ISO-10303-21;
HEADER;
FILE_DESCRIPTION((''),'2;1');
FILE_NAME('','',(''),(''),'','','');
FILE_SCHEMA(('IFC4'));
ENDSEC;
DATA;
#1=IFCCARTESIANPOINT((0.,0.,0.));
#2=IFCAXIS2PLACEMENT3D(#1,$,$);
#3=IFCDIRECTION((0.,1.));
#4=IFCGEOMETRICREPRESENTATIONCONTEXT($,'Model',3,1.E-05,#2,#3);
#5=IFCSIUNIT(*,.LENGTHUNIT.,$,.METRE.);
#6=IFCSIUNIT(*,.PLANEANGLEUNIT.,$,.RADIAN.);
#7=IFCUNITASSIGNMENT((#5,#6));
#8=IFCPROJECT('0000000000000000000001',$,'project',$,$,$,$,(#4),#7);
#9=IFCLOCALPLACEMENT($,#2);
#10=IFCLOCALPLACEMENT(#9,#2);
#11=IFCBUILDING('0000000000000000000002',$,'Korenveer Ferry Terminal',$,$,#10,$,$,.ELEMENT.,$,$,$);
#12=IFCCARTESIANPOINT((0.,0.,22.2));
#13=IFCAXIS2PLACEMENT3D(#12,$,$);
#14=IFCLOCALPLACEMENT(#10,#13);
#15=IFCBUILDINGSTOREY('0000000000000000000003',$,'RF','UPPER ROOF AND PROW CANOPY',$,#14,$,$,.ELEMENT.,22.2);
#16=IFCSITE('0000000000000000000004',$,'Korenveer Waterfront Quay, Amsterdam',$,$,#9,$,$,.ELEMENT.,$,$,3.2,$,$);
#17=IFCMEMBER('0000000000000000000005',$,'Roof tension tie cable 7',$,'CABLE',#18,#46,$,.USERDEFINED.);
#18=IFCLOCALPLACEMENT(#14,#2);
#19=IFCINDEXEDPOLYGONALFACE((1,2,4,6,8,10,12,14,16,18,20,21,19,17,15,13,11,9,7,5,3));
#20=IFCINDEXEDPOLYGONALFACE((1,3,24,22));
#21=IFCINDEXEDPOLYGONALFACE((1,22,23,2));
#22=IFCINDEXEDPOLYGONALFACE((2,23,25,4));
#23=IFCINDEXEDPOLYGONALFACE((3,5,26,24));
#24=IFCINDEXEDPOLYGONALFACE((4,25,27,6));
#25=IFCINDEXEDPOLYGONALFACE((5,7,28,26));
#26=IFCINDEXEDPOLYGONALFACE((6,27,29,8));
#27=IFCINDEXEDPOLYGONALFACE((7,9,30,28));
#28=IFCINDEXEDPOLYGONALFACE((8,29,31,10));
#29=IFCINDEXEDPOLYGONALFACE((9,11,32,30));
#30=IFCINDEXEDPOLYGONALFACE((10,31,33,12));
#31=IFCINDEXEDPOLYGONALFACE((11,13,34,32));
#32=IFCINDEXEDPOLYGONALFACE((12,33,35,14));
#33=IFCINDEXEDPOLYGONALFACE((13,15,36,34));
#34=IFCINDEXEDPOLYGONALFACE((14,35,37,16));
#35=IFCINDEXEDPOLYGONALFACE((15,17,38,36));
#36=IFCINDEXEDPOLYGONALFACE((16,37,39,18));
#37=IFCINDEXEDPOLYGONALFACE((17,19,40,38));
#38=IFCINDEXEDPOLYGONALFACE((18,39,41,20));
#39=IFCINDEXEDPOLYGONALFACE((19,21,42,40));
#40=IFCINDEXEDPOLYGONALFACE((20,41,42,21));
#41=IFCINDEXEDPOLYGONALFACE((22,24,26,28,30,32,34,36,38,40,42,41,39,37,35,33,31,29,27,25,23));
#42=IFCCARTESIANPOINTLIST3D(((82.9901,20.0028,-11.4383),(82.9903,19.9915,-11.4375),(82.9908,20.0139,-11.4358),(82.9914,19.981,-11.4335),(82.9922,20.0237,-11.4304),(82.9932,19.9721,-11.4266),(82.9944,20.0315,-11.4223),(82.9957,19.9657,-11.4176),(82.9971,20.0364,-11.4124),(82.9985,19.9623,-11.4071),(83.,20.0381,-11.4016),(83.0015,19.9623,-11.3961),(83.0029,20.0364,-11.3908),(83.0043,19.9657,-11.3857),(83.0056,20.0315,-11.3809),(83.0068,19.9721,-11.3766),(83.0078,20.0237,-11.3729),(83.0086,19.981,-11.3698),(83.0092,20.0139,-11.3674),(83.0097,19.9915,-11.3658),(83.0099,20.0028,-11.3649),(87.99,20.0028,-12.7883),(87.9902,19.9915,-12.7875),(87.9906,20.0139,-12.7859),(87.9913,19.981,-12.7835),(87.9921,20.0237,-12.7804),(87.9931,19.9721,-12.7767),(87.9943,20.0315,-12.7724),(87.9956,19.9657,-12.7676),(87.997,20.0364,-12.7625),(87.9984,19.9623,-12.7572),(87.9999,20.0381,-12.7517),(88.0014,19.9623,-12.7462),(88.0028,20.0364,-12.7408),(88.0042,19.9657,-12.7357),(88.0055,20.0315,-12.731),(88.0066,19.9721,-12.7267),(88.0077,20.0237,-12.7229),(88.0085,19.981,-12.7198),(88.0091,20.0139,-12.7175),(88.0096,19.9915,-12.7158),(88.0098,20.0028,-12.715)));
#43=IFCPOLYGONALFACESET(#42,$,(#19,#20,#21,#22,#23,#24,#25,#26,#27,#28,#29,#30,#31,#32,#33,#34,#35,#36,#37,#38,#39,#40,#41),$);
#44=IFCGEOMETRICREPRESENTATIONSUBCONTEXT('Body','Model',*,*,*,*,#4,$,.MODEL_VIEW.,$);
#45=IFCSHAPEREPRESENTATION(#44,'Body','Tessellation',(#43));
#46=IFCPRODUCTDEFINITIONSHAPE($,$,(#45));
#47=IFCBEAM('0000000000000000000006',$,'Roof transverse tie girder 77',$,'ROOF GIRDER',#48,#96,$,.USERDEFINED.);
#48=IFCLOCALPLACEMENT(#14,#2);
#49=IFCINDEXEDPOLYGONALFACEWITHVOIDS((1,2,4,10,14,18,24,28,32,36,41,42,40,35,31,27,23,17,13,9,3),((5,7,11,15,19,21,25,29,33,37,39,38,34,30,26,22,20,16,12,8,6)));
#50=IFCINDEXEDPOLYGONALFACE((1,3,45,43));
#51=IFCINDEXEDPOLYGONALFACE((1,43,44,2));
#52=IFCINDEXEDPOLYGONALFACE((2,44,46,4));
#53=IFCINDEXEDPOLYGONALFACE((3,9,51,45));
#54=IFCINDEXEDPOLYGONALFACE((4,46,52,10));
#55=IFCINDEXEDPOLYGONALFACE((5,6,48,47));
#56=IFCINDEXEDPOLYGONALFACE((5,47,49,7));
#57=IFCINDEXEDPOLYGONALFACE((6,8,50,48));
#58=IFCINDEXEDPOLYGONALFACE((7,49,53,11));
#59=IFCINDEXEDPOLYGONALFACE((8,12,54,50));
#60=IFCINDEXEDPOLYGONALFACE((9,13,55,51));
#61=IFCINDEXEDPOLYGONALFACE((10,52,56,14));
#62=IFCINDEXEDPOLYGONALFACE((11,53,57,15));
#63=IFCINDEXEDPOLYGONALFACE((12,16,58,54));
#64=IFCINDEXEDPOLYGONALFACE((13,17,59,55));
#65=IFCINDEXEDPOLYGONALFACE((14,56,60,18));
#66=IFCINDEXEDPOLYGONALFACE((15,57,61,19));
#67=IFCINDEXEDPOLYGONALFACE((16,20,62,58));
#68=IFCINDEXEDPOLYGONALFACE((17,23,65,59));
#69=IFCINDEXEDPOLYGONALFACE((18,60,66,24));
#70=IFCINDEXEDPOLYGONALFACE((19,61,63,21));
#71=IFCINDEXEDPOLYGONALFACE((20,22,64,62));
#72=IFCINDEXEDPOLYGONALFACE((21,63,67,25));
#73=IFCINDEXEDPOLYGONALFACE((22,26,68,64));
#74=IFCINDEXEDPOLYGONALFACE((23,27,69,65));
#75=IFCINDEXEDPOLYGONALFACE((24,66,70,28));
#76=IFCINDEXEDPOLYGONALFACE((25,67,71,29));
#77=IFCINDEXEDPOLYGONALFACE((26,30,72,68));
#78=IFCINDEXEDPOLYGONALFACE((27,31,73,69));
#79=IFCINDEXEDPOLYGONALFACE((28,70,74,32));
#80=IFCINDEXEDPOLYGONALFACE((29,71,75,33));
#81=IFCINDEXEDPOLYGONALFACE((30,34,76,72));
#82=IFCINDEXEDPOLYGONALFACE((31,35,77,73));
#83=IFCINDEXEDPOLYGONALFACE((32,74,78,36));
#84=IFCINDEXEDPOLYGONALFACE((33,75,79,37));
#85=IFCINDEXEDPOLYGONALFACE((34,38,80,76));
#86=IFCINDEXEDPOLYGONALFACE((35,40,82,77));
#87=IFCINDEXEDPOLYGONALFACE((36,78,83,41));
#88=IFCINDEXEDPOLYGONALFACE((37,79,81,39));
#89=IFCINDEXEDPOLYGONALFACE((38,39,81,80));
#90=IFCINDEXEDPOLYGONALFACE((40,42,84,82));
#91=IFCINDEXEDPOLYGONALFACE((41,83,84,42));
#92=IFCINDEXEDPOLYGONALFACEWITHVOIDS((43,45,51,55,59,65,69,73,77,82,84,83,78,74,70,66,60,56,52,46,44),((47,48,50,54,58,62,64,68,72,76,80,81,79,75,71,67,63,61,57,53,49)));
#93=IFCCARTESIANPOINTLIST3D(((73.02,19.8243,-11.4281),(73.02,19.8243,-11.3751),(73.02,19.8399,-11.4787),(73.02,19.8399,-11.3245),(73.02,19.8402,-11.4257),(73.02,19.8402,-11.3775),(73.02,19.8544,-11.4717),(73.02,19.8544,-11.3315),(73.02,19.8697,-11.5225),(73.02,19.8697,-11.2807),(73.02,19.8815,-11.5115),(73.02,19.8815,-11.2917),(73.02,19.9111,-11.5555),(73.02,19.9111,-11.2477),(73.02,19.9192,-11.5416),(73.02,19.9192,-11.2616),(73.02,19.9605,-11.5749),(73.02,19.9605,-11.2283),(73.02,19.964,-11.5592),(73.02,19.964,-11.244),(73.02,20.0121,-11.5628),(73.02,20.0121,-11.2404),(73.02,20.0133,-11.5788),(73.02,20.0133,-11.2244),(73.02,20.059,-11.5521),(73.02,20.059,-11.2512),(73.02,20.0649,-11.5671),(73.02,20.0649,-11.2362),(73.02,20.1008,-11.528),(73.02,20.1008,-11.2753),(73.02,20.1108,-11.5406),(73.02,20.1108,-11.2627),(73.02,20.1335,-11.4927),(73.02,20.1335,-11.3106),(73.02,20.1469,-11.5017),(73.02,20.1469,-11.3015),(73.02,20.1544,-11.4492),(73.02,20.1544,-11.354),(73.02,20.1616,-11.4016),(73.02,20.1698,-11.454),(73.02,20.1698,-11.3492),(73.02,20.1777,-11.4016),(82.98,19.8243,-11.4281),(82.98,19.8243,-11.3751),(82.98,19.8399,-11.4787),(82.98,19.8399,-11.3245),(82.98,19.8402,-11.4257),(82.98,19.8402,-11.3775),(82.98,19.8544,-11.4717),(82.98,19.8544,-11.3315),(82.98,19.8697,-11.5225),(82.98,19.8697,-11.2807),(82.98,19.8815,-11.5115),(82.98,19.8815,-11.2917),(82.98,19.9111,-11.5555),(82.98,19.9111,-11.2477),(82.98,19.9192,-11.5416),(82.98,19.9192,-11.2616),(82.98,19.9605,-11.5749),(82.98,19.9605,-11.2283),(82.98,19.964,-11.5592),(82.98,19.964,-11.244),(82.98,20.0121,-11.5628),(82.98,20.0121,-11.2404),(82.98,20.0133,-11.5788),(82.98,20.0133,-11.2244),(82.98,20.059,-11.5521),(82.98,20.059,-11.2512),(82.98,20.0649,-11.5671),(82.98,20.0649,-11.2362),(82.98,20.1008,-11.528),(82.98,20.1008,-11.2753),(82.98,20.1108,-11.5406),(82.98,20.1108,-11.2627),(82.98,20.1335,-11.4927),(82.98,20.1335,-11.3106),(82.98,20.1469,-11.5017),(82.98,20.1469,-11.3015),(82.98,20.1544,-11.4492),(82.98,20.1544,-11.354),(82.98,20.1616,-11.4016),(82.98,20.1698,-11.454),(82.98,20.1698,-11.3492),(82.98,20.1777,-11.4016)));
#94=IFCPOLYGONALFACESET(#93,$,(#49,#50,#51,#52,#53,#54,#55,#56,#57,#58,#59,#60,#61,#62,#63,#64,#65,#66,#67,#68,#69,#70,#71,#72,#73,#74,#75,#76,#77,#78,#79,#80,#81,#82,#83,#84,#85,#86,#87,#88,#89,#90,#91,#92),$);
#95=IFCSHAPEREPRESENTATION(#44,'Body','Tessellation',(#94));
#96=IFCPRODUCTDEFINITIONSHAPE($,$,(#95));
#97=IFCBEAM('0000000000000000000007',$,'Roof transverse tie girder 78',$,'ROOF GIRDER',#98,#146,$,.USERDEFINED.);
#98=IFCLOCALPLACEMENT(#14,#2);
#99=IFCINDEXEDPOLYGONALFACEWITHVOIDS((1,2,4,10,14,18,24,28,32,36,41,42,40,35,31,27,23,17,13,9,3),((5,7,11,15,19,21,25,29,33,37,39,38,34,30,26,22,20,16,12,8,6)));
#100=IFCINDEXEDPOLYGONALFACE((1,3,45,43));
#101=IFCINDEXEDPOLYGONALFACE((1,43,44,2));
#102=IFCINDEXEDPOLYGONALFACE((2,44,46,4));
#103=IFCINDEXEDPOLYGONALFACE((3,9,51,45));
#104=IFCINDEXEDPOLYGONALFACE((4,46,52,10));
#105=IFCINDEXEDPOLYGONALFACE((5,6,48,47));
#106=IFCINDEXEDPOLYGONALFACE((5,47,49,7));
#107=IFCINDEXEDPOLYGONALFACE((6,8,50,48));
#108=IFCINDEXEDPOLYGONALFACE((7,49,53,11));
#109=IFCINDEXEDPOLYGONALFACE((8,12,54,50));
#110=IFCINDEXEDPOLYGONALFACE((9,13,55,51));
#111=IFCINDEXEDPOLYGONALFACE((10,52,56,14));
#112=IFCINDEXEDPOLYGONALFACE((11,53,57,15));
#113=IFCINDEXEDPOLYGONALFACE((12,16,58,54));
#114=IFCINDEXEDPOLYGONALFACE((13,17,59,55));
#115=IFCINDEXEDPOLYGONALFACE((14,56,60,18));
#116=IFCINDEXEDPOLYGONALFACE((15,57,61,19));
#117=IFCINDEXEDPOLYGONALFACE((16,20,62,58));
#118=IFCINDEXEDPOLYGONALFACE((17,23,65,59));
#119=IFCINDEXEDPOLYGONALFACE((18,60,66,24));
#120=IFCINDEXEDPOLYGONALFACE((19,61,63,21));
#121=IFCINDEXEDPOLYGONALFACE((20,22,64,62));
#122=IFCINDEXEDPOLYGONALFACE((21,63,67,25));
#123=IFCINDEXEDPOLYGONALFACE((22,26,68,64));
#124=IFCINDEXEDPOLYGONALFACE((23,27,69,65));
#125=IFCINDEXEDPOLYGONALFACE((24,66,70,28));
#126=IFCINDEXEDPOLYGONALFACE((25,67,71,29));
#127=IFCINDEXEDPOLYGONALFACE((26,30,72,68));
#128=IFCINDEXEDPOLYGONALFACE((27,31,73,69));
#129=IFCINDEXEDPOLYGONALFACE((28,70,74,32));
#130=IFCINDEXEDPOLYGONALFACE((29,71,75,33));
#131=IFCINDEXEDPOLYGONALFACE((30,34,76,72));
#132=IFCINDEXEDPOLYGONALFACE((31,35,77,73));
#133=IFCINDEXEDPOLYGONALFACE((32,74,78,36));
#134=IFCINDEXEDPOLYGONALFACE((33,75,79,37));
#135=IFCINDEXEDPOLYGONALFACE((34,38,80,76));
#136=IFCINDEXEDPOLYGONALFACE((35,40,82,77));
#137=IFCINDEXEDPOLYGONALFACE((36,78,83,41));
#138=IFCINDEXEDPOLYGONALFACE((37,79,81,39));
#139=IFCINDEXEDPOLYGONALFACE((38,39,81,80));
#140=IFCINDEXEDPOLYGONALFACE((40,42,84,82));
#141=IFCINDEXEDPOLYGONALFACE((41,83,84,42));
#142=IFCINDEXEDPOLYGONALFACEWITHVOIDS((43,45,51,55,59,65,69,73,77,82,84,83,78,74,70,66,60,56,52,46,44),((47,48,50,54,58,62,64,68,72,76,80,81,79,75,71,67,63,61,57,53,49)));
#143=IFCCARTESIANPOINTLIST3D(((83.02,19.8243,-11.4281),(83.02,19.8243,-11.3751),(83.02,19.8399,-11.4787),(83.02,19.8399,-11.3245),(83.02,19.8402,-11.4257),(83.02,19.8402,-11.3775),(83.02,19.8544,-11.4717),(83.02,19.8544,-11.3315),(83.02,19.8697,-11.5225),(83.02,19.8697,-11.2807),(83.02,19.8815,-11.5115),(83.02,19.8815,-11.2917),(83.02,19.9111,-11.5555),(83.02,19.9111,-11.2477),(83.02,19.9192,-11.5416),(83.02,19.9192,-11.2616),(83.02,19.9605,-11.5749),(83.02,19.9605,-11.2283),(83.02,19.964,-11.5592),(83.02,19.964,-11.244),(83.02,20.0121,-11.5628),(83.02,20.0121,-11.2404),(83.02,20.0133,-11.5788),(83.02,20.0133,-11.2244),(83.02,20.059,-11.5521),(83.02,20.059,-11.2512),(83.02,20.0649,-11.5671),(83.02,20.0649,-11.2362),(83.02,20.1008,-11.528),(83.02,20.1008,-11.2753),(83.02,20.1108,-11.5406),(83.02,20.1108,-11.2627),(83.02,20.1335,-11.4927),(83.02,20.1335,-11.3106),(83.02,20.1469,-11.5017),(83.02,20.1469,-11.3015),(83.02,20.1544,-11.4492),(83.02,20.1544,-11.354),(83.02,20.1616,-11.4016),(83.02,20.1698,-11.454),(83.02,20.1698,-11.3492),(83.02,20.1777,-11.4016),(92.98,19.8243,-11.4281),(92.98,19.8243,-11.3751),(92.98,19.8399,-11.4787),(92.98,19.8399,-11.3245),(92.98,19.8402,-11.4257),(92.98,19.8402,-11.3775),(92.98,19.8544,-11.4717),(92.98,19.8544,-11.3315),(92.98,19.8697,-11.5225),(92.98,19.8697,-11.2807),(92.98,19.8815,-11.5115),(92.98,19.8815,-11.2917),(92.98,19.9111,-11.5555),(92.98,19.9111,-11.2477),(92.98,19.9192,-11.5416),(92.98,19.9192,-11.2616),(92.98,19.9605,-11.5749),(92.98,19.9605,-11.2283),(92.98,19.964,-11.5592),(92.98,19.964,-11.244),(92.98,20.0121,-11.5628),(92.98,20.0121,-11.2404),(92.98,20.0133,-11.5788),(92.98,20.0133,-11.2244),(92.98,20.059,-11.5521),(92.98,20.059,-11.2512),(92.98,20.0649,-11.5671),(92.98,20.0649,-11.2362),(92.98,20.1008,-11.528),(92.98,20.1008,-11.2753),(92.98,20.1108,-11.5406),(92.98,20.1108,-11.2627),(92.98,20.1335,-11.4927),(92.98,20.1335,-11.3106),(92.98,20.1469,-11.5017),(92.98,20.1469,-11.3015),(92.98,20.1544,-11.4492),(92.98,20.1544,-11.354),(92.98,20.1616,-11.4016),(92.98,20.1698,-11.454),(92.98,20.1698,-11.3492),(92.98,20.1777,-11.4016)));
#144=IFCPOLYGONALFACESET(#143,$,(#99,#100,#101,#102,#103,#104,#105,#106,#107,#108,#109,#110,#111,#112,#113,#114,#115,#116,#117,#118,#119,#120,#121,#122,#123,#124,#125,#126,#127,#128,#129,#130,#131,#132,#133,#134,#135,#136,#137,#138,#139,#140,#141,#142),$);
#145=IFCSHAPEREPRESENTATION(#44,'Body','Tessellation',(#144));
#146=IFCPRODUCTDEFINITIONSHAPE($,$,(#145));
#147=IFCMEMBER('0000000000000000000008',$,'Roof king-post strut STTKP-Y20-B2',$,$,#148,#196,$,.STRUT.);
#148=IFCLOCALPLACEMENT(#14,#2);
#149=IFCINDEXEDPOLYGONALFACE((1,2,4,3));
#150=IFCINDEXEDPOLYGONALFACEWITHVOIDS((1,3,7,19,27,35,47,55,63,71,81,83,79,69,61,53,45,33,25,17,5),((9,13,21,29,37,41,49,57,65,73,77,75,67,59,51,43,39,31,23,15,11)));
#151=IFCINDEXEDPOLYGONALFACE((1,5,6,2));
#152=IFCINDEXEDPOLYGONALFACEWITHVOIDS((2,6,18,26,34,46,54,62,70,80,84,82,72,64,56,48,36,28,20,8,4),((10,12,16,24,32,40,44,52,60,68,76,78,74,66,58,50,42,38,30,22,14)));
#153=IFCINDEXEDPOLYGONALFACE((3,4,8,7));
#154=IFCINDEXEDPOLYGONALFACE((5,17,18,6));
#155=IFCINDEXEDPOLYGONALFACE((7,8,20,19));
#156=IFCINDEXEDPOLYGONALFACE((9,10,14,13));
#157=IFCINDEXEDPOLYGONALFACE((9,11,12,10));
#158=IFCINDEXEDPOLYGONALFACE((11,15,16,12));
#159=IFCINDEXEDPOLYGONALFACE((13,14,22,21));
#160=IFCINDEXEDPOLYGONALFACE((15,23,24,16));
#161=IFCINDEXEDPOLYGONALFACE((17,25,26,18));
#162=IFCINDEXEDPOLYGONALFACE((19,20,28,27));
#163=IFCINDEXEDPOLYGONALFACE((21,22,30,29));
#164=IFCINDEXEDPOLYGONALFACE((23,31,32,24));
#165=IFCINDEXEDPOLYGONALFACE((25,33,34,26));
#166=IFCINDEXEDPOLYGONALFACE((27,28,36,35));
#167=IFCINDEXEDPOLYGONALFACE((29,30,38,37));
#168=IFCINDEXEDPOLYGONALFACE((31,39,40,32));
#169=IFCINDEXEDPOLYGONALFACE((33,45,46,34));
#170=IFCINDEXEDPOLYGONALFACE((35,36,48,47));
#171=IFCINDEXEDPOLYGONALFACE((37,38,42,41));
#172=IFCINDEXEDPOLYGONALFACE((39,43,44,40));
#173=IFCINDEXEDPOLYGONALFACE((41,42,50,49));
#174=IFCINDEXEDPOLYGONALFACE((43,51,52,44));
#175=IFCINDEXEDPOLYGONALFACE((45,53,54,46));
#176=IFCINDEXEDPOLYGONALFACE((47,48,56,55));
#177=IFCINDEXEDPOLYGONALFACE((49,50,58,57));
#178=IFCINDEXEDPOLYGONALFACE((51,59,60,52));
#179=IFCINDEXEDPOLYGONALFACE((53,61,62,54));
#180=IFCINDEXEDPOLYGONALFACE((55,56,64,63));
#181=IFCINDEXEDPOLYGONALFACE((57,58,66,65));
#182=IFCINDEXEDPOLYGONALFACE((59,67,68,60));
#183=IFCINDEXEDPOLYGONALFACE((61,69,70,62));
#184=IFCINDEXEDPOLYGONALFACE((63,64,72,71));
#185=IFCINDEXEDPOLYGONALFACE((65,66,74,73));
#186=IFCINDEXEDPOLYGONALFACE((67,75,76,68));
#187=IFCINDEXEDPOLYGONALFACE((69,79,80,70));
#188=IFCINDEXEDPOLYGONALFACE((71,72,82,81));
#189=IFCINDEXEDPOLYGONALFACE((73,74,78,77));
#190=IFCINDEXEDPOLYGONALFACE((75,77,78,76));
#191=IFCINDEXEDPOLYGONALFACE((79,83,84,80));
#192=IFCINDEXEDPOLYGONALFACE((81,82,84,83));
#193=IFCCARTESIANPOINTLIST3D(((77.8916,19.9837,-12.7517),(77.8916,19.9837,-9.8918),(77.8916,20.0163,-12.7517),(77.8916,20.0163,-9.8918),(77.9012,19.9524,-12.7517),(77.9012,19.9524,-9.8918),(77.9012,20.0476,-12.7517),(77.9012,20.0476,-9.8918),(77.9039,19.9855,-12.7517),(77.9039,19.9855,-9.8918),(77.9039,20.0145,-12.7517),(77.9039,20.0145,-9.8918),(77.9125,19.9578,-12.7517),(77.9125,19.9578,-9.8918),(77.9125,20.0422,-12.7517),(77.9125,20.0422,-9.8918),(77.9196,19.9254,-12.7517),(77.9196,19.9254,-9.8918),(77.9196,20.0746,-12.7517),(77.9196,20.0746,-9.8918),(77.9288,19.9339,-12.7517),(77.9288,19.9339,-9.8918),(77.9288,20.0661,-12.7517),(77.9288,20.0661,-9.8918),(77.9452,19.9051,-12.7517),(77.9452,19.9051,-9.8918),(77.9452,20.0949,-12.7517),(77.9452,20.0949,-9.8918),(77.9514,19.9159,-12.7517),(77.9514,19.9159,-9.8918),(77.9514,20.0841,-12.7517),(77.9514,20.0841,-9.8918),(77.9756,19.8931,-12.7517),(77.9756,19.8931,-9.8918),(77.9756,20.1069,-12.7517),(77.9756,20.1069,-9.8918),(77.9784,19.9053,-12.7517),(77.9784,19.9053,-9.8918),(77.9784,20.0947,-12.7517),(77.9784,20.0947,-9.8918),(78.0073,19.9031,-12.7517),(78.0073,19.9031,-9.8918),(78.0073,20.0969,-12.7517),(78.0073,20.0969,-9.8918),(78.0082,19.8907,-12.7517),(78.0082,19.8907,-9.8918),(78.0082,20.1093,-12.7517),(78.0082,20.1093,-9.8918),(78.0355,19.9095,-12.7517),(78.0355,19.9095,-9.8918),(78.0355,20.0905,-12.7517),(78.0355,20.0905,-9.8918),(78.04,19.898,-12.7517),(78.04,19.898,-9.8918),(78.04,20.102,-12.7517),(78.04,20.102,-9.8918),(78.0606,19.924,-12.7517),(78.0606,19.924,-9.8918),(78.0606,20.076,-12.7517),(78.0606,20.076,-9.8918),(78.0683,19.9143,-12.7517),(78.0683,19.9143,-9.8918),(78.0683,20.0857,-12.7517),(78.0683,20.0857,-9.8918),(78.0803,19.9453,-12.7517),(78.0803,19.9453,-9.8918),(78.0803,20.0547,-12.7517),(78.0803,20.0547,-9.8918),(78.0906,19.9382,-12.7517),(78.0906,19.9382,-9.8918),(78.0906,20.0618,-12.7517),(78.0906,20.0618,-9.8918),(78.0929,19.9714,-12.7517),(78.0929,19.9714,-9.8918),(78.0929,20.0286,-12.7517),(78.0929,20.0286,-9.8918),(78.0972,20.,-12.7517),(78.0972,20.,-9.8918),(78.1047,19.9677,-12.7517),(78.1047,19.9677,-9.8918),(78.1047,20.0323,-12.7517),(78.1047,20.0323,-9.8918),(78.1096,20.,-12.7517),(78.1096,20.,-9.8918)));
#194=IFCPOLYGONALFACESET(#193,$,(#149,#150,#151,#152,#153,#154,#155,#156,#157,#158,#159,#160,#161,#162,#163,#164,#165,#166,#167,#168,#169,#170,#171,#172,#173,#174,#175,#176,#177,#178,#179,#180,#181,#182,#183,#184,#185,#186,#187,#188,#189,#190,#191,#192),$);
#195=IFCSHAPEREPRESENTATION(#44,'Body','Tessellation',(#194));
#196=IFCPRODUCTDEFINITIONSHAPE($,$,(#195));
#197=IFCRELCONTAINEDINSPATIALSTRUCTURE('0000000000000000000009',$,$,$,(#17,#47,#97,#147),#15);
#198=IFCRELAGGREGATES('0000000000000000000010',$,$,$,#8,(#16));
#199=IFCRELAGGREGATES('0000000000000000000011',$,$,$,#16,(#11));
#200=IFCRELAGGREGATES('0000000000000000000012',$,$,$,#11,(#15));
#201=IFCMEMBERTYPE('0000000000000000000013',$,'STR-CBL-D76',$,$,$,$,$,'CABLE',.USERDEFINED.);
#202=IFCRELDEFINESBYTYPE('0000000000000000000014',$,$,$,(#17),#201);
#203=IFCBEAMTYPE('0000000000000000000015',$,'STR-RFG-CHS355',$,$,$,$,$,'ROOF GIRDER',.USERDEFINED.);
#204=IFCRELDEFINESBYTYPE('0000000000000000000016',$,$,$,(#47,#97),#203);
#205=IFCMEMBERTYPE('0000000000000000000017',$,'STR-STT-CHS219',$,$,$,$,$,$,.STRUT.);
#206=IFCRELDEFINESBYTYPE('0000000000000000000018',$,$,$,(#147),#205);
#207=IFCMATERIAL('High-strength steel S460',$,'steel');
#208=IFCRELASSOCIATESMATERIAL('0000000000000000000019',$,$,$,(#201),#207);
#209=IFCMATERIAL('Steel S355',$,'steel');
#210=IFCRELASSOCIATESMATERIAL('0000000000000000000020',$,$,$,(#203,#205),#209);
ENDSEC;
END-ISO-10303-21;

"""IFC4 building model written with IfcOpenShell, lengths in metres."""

from ifc_helpers import new_model, si_unit, direction, frame, origin, origin_2d, place, context, subcontext, project, spatial, circle, hollow_circle, extrude, material, material_profile, profile_set, type_object, element, save


model = new_model("IFC4")

# Units and contexts
model_context = context("Model", 3, precision=1e-05, world=origin(), true_north=direction((0.0, 1.0)))
body_context = subcontext(model_context, "Body", "Model", "MODEL_VIEW")
ifc_project = project(units=[si_unit("LENGTHUNIT", "METRE"), si_unit("PLANEANGLEUNIT", "RADIAN")], contexts=[model_context])

# Site, building, storey
site_placement = place(None, origin())
site = spatial("IfcSite", under=ifc_project, at=site_placement, Name="Korenveer Waterfront Quay, Amsterdam", CompositionType="ELEMENT", RefElevation=3.2)
building_placement = place(site_placement, origin())
building = spatial("IfcBuilding", under=site, at=building_placement, Name="Korenveer Ferry Terminal", CompositionType="ELEMENT")
storey_placement = place(building_placement, frame((0.0, 0.0, 22.2)))
storey = spatial("IfcBuildingStorey", under=building, at=storey_placement, Name="RF", Description="UPPER ROOF AND PROW CANOPY", CompositionType="ELEMENT", Elevation=22.2)

# Shared definitions
ifc_material_1 = material(Name="Steel S355", Category="steel")

# Member
ifc_material_2 = material(Name="High-strength steel S460", Category="steel")
ifc_material_profile_1 = material_profile(ifc_material_2, circle(Radius=0.0381, at=origin_2d()), Name="ROD D76")
ifc_profile_set_1 = profile_set([ifc_material_profile_1], Name="High-strength steel S460")
member_type_1 = type_object("IfcMemberType", Name="STR-CBL-D76", ElementType="CABLE", PredefinedType="USERDEFINED", material=ifc_profile_set_1)
for number, where, z_axis, x_axis, name in (
    (1, (83.0, 20.0, -11.4016), (0.965424, 0.0, -0.260683), (0.0, 1.0, 0.0), "Roof tension tie cable 7"),
):
    element("IfcMember", number, at=place(storey_placement, frame(where, z_axis=z_axis, x_axis=x_axis)), inside=storey, type_object=member_type_1, Name=name, ObjectType="CABLE", PredefinedType="USERDEFINED", context=body_context, shape_type="SweptSolid", body=[
        extrude(circle(Radius=0.0381, at=origin_2d()), origin(), (0.0, 0.0, 1.0), 5.179),
    ])

# Beams
ifc_material_profile_2 = material_profile(ifc_material_1, hollow_circle(Radius=0.1777, WallThickness=0.0161, at=origin_2d()), Name="CHS 355.6x16")
ifc_profile_set_2 = profile_set([ifc_material_profile_2], Name="Steel S355")
beam_type_1 = type_object("IfcBeamType", Name="STR-RFG-CHS355", ElementType="ROOF GIRDER", PredefinedType="USERDEFINED", material=ifc_profile_set_2)
for number, where, z_axis, x_axis, name in (
    (2, (73.02, 20.0, -11.4016), (1.0, 0.0, 0.0), (0.0, 1.0, 0.0), "Roof transverse tie girder 77"),
    (3, (83.02, 20.0, -11.4016), (1.0, 0.0, 0.0), (0.0, 1.0, 0.0), "Roof transverse tie girder 78"),
):
    element("IfcBeam", number, at=place(storey_placement, frame(where, z_axis=z_axis, x_axis=x_axis)), inside=storey, type_object=beam_type_1, Name=name, ObjectType="ROOF GIRDER", PredefinedType="USERDEFINED", context=body_context, shape_type="SweptSolid", body=[
        extrude(hollow_circle(Radius=0.1777, WallThickness=0.0161, at=origin_2d()), origin(), (0.0, 0.0, 1.0), 9.96),
    ])

# Member
ifc_material_profile_3 = material_profile(ifc_material_1, hollow_circle(Radius=0.1096, WallThickness=0.0125, at=origin_2d()), Name="CHS 219.1x12.5")
ifc_profile_set_3 = profile_set([ifc_material_profile_3], Name="Steel S355")
member_type_2 = type_object("IfcMemberType", Name="STR-STT-CHS219", PredefinedType="STRUT", material=ifc_profile_set_3)
member_1_placement = place(storey_placement, frame((78.0, 20.0, -12.7517), z_axis=(0.0, 0.0, 1.0), x_axis=(1.0, 0.0, 0.0)))
element("IfcMember", 4, at=member_1_placement, inside=storey, type_object=member_type_2, Name="Roof king-post strut STTKP-Y20-B2", PredefinedType="STRUT", context=body_context, shape_type="SweptSolid", body=[
    extrude(hollow_circle(Radius=0.1096, WallThickness=0.0125, at=origin_2d()), origin(), (0.0, 0.0, 1.0), 2.8599),
])

save(model, "model.ifc")
